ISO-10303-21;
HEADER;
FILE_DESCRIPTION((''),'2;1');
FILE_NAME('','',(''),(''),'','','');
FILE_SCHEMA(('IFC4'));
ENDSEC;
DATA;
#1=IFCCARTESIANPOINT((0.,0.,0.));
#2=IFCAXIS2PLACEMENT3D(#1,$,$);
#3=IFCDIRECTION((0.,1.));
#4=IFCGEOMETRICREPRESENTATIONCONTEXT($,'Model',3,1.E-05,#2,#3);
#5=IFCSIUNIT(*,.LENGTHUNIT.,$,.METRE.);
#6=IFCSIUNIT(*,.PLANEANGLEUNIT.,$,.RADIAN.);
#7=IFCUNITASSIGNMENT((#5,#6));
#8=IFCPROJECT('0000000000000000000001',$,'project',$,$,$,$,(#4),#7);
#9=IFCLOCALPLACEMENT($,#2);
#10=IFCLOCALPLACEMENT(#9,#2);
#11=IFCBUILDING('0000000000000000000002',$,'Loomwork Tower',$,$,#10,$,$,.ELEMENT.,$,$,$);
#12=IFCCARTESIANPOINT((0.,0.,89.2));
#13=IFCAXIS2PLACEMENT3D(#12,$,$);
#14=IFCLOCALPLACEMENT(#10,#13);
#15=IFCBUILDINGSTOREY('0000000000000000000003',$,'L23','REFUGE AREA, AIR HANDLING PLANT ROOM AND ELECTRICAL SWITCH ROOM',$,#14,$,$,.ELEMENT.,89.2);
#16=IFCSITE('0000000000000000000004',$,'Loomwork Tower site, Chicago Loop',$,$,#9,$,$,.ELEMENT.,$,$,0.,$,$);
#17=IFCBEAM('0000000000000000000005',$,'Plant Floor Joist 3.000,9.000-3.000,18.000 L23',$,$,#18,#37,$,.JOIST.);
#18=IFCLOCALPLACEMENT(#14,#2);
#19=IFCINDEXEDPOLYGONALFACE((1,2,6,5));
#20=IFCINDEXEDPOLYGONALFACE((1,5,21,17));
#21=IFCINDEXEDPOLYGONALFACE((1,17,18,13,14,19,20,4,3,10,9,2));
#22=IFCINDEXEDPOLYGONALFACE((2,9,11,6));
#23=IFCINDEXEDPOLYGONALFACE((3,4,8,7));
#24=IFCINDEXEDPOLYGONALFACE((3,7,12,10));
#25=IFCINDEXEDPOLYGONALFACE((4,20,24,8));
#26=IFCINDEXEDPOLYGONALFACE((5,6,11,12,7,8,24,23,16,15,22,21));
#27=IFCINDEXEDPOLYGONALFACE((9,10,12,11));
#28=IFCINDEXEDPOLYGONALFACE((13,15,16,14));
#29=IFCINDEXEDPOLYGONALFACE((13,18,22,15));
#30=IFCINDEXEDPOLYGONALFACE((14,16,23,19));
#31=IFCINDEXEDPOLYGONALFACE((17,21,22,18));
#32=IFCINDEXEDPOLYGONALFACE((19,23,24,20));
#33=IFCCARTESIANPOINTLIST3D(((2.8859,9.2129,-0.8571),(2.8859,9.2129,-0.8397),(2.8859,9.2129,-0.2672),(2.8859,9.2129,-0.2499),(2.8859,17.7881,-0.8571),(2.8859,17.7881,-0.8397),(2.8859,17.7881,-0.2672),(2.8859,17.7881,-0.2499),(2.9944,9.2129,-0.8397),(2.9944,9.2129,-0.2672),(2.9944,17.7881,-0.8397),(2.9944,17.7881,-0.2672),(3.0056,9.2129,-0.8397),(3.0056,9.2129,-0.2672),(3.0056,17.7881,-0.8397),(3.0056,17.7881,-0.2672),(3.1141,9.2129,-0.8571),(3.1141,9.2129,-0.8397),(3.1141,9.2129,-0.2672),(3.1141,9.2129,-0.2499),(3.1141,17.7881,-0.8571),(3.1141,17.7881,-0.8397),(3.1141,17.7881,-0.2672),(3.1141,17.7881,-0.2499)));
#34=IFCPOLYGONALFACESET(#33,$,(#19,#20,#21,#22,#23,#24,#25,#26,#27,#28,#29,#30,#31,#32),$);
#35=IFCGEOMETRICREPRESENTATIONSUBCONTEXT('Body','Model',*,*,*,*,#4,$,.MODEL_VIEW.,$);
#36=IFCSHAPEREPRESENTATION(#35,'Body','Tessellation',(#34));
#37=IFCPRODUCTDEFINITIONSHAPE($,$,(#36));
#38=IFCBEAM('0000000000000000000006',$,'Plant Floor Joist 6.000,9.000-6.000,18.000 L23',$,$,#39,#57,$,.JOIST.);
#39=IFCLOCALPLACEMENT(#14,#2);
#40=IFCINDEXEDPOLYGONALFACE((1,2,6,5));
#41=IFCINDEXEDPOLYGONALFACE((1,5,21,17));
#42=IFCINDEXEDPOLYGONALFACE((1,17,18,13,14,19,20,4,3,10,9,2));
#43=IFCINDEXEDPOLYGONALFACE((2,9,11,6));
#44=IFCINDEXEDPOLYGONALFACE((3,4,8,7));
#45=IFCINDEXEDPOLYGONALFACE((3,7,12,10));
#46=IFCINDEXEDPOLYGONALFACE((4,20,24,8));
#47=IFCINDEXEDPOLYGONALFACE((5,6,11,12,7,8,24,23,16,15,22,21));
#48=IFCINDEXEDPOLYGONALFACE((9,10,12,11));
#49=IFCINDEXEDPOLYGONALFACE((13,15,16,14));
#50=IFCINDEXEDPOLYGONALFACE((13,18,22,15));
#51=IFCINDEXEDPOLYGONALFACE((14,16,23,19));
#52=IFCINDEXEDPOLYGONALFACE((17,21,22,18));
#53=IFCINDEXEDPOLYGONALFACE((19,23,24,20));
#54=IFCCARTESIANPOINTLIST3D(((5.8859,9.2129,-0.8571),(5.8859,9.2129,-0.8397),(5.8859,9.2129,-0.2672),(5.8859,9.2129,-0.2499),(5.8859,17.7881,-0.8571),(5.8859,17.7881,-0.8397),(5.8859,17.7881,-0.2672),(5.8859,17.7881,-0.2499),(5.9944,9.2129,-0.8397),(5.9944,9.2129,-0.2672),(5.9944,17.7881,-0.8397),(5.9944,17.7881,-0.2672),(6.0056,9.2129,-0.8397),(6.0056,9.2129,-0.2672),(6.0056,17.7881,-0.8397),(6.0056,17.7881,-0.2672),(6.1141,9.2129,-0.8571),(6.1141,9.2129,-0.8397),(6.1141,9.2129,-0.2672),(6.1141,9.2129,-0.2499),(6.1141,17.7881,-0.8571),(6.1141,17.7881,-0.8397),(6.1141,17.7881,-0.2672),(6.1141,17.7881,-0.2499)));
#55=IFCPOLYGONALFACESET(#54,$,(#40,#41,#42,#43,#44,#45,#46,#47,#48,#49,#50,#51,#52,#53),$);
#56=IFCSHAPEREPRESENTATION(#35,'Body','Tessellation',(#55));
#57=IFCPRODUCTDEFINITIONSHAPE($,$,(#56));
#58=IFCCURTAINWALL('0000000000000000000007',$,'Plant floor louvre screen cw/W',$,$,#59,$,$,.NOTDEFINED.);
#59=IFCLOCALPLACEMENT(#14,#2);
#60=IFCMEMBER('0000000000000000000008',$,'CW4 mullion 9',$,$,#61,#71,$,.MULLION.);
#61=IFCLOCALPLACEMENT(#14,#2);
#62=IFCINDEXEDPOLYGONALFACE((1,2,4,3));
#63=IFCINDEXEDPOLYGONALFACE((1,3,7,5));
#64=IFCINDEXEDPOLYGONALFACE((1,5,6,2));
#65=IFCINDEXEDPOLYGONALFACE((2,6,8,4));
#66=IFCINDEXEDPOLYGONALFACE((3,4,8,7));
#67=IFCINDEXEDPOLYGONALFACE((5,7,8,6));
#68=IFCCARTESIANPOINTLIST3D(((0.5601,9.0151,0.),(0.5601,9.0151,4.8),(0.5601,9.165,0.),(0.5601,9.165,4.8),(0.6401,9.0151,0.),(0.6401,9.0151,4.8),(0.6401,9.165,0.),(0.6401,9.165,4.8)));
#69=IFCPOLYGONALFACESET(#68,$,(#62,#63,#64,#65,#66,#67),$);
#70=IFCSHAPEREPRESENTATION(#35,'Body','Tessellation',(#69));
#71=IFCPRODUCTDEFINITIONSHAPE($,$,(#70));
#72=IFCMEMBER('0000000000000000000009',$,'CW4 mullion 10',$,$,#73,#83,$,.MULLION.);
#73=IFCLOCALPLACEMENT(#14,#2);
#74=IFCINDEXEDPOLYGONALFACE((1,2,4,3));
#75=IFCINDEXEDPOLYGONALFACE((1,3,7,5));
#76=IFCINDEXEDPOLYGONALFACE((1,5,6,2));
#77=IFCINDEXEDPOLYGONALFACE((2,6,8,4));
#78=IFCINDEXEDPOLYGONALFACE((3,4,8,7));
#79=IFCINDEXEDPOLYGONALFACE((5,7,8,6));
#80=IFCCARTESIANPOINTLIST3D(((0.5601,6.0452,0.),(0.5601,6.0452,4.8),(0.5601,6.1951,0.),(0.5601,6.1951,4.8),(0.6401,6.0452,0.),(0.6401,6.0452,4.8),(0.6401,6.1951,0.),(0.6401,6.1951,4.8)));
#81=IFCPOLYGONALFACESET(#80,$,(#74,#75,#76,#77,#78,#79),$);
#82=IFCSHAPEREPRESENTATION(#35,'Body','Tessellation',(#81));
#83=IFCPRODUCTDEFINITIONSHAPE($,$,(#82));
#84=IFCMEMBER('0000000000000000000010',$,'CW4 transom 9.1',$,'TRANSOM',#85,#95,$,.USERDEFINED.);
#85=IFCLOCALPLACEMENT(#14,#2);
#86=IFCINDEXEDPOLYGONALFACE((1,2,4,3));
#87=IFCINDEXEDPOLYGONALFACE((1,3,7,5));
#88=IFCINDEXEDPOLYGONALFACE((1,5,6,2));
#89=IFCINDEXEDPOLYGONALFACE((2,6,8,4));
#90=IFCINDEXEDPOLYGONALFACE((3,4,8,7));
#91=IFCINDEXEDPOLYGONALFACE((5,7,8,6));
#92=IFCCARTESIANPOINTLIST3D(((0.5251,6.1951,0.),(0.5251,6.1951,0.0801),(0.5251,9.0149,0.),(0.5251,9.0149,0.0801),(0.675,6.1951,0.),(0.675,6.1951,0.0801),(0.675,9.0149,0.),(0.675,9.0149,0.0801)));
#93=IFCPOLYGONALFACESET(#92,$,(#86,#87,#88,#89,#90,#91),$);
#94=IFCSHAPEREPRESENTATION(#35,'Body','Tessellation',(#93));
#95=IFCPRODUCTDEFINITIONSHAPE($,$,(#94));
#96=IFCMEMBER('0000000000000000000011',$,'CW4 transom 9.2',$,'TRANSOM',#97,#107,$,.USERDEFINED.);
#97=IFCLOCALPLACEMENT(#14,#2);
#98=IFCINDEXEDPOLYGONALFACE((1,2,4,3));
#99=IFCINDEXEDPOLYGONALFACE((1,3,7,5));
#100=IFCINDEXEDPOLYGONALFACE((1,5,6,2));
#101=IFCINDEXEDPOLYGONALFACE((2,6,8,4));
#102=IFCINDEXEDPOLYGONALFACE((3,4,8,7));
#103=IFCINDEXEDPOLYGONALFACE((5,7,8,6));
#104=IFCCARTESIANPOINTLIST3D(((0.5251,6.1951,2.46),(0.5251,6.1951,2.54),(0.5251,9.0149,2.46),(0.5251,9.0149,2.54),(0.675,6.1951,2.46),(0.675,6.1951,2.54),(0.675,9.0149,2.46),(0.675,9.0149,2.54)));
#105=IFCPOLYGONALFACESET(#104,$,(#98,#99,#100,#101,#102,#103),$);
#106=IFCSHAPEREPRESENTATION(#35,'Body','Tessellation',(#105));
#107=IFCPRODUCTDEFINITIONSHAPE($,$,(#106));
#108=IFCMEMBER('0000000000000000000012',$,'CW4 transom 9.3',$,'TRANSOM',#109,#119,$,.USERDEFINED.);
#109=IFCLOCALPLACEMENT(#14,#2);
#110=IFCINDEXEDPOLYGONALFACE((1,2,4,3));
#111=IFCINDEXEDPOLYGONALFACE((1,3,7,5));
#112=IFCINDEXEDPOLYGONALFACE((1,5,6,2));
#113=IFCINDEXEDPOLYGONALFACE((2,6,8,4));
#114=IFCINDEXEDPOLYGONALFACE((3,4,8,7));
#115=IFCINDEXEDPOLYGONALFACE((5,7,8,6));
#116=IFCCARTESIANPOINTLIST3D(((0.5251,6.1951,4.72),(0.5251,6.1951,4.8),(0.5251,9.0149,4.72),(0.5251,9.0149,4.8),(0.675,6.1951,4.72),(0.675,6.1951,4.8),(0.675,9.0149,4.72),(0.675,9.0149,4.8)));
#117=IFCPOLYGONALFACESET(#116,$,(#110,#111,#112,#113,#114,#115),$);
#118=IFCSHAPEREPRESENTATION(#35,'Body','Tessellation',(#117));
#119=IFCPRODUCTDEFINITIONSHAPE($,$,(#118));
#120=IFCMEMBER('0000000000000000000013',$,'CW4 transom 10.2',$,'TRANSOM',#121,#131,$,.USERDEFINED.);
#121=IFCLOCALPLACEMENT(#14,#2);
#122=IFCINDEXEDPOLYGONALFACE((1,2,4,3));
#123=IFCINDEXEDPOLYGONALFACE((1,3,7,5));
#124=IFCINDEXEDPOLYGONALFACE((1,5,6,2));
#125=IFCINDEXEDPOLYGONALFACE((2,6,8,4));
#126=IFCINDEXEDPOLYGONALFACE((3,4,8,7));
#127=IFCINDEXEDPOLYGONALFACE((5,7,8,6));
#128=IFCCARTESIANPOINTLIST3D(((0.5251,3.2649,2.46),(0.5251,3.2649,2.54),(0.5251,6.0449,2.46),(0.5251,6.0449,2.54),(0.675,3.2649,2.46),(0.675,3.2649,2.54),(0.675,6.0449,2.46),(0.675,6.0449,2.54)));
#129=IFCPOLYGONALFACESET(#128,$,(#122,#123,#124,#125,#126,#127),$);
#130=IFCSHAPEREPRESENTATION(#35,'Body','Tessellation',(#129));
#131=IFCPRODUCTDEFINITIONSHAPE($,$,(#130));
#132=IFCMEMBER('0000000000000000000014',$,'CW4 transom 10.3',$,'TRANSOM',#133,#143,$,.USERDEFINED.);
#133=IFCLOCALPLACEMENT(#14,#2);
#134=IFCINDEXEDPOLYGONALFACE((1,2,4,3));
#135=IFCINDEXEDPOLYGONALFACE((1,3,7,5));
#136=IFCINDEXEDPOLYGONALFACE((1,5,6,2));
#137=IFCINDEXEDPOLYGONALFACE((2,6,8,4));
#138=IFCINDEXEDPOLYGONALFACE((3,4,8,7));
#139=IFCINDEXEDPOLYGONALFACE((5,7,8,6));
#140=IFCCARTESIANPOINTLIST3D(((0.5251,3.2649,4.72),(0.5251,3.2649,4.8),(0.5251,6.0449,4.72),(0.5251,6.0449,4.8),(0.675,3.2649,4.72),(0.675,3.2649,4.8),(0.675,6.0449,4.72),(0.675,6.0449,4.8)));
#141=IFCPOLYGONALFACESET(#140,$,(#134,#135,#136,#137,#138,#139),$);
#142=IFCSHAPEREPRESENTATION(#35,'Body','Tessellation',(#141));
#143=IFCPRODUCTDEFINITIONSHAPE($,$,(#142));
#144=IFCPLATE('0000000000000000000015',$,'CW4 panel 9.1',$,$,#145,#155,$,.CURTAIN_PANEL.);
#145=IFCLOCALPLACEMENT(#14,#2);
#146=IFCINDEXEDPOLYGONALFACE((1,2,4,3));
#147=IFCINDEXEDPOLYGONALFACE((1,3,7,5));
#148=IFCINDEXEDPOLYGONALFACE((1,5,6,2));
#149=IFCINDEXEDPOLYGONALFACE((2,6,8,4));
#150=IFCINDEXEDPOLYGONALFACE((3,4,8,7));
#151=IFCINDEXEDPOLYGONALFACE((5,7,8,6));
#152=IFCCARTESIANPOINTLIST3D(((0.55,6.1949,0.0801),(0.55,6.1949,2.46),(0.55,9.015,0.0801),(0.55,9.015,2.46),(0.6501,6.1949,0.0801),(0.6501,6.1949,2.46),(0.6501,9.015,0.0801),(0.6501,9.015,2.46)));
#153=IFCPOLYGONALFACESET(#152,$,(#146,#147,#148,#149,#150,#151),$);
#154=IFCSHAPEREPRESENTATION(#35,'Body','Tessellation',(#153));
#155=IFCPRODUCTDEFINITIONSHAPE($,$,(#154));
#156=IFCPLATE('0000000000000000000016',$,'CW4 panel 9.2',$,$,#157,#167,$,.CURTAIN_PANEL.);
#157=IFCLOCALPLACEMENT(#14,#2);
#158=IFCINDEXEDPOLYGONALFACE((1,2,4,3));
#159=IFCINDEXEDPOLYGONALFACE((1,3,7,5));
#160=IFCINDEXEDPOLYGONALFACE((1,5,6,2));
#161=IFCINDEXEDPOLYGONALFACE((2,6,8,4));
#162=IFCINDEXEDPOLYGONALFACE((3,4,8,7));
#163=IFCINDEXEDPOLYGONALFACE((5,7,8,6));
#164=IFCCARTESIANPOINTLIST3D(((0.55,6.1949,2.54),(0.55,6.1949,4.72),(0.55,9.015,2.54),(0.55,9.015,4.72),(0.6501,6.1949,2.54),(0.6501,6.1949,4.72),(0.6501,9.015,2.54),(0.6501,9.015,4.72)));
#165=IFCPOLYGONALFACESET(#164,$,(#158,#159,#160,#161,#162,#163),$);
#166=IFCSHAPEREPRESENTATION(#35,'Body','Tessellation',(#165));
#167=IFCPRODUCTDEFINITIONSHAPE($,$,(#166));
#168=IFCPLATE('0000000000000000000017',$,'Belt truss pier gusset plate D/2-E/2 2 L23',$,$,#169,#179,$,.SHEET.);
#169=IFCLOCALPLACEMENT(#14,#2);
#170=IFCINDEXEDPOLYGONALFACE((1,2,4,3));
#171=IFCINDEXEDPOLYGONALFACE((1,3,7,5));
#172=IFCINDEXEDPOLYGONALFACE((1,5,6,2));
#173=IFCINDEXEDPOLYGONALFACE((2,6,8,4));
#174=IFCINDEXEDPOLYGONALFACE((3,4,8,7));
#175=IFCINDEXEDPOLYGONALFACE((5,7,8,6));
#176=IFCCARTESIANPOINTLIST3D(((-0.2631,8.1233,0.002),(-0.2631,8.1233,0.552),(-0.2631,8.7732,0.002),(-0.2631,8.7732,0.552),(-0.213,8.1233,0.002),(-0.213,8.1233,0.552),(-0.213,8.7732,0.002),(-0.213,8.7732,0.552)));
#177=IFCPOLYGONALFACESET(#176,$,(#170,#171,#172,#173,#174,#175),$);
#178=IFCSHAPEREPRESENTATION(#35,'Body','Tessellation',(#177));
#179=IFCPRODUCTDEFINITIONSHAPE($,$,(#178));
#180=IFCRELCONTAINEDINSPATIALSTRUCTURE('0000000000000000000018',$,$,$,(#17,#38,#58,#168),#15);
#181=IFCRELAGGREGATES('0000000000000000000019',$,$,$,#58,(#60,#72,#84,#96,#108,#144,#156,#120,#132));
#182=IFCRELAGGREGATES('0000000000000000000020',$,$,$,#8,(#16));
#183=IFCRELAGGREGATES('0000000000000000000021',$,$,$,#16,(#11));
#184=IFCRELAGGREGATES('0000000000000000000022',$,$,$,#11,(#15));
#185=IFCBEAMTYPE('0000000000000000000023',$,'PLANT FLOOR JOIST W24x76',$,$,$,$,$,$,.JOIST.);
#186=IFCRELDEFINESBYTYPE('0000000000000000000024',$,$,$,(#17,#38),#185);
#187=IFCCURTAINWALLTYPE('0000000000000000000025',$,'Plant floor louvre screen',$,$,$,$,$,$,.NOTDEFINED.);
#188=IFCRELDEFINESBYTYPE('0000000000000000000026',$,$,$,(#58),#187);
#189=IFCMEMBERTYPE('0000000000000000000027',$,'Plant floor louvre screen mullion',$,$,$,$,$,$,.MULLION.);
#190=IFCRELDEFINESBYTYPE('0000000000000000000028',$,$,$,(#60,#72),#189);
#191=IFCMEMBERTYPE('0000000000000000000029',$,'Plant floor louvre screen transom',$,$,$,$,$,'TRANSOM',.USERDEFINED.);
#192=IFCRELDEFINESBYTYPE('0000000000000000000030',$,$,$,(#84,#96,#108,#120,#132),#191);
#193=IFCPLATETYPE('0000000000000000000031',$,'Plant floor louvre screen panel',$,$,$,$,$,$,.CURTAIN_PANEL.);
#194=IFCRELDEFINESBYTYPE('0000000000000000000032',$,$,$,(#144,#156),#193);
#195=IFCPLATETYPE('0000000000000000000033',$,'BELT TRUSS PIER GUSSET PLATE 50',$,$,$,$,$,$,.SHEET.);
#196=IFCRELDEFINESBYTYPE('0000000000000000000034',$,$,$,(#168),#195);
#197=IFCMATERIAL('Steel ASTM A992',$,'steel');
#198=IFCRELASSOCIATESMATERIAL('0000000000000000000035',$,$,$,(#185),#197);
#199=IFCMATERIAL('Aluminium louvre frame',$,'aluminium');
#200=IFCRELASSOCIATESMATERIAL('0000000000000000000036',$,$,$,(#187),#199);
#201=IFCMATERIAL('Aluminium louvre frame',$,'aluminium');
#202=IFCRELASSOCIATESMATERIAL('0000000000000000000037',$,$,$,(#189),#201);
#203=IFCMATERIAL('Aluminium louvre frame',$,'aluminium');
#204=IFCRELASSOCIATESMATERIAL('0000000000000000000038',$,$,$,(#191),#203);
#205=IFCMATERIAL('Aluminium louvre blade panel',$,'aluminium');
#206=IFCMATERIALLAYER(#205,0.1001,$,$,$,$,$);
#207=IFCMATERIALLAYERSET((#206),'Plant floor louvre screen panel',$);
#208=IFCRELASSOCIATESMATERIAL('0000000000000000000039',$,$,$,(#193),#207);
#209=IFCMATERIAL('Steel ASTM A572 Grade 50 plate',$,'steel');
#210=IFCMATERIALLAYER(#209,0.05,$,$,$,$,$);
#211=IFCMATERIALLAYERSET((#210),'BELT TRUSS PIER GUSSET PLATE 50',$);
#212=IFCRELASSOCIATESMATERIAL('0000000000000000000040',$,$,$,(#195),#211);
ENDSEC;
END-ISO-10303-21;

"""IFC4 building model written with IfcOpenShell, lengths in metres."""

from ifc_helpers import new_model, si_unit, direction, frame, origin, origin_2d, place, context, subcontext, project, spatial, rectangle, i_section, extrude, material, layer, layer_set, material_profile, profile_set, type_object, element, aggregate, save


model = new_model("IFC4")

# Units and contexts
model_context = context("Model", 3, precision=1e-05, world=origin(), true_north=direction((0.0, 1.0)))
body_context = subcontext(model_context, "Body", "Model", "MODEL_VIEW")
ifc_project = project(units=[si_unit("LENGTHUNIT", "METRE"), si_unit("PLANEANGLEUNIT", "RADIAN")], contexts=[model_context])

# Site, building, storey
site_placement = place(None, origin())
site = spatial("IfcSite", under=ifc_project, at=site_placement, Name="Loomwork Tower site, Chicago Loop", CompositionType="ELEMENT", RefElevation=0.0)
building_placement = place(site_placement, origin())
building = spatial("IfcBuilding", under=site, at=building_placement, Name="Loomwork Tower", CompositionType="ELEMENT")
storey_placement = place(building_placement, frame((0.0, 0.0, 89.2)))
storey = spatial("IfcBuildingStorey", under=building, at=storey_placement, Name="L23", Description="REFUGE AREA, AIR HANDLING PLANT ROOM AND ELECTRICAL SWITCH ROOM", CompositionType="ELEMENT", Elevation=89.2)

# Beams
ifc_material_1 = material(Name="Steel ASTM A992", Category="steel")
ifc_material_profile_1 = material_profile(ifc_material_1, i_section(OverallWidth=0.2283, OverallDepth=0.6072, WebThickness=0.0112, FlangeThickness=0.0173, at=origin_2d()), Name="W24x76")
ifc_profile_set_1 = profile_set([ifc_material_profile_1], Name="Steel ASTM A992")
beam_type_1 = type_object("IfcBeamType", Name="PLANT FLOOR JOIST W24x76", PredefinedType="JOIST", material=ifc_profile_set_1)
for number, where, z_axis, x_axis, name in (
    (1, (3.0, 9.2129, -0.5535), (0.0, 1.0, 0.0), (-1.0, 0.0, 0.0), "Plant Floor Joist 3.000,9.000-3.000,18.000 L23"),
    (2, (6.0, 9.2129, -0.5535), (0.0, 1.0, 0.0), (-1.0, 0.0, 0.0), "Plant Floor Joist 6.000,9.000-6.000,18.000 L23"),
):
    element("IfcBeam", number, at=place(storey_placement, frame(where, z_axis=z_axis, x_axis=x_axis)), inside=storey, type_object=beam_type_1, Name=name, PredefinedType="JOIST", context=body_context, shape_type="SweptSolid", body=[
        extrude(i_section(OverallWidth=0.2283, OverallDepth=0.6072, WebThickness=0.0112, FlangeThickness=0.0173, at=origin_2d()), origin(), (0.0, 0.0, 1.0), 8.5752),
    ])

# Curtain wall, members, plates
ifc_material_2 = material(Name="Aluminium louvre frame", Category="aluminium")
curtain_wall_type = type_object("IfcCurtainWallType", Name="Plant floor louvre screen", PredefinedType="NOTDEFINED", material=ifc_material_2)
curtain_wall_placement = place(storey_placement, origin())
curtain_wall = element("IfcCurtainWall", 3, at=curtain_wall_placement, inside=storey, type_object=curtain_wall_type, Name="Plant floor louvre screen cw/W", PredefinedType="NOTDEFINED")
ifc_material_3 = material(Name="Aluminium louvre frame", Category="aluminium")
ifc_material_profile_2 = material_profile(ifc_material_3, rectangle(XDim=0.0801, YDim=0.1499, at=origin_2d()), Name="AL 80x150")
ifc_profile_set_2 = profile_set([ifc_material_profile_2], Name="Aluminium louvre frame")
member_type_1 = type_object("IfcMemberType", Name="Plant floor louvre screen mullion", PredefinedType="MULLION", material=ifc_profile_set_2)
member_1_placement = place(storey_placement, frame((0.6001, 9.0901, 0.0), z_axis=(0.0, 0.0, 1.0), x_axis=(1.0, 0.0, 0.0)))
member_1 = element("IfcMember", 4, at=member_1_placement, type_object=member_type_1, Name="CW4 mullion 9", PredefinedType="MULLION", context=body_context, shape_type="SweptSolid", body=[
    extrude(rectangle(XDim=0.0801, YDim=0.1499, at=origin_2d()), origin(), (0.0, 0.0, 1.0), 4.8),
])
member_2_placement = place(storey_placement, frame((0.6001, 6.1201, 0.0), z_axis=(0.0, 0.0, 1.0), x_axis=(1.0, 0.0, 0.0)))
member_2 = element("IfcMember", 5, at=member_2_placement, type_object=member_type_1, Name="CW4 mullion 10", PredefinedType="MULLION", context=body_context, shape_type="SweptSolid", body=[
    extrude(rectangle(XDim=0.0801, YDim=0.1499, at=origin_2d()), origin(), (0.0, 0.0, 1.0), 4.8),
])
ifc_material_4 = material(Name="Aluminium louvre frame", Category="aluminium")
ifc_material_profile_3 = material_profile(ifc_material_4, rectangle(XDim=0.1499, YDim=0.0801, at=origin_2d()), Name="AL 80x150")
ifc_profile_set_3 = profile_set([ifc_material_profile_3], Name="Aluminium louvre frame")
member_type_2 = type_object("IfcMemberType", Name="Plant floor louvre screen transom", ElementType="TRANSOM", PredefinedType="USERDEFINED", material=ifc_profile_set_3)
member_3_placement = place(storey_placement, frame((0.6001, 9.0149, 0.04), z_axis=(0.0, -1.0, 0.0), x_axis=(1.0, 0.0, 0.0)))
member_3 = element("IfcMember", 6, at=member_3_placement, type_object=member_type_2, Name="CW4 transom 9.1", ObjectType="TRANSOM", PredefinedType="USERDEFINED", context=body_context, shape_type="SweptSolid", body=[
    extrude(rectangle(XDim=0.1499, YDim=0.0801, at=origin_2d()), origin(), (0.0, 0.0, 1.0), 2.8198),
])
member_4_placement = place(storey_placement, frame((0.6001, 9.0149, 2.5), z_axis=(0.0, -1.0, 0.0), x_axis=(1.0, 0.0, 0.0)))
member_4 = element("IfcMember", 7, at=member_4_placement, type_object=member_type_2, Name="CW4 transom 9.2", ObjectType="TRANSOM", PredefinedType="USERDEFINED", context=body_context, shape_type="SweptSolid", body=[
    extrude(rectangle(XDim=0.1499, YDim=0.0801, at=origin_2d()), origin(), (0.0, 0.0, 1.0), 2.8198),
])
member_5_placement = place(storey_placement, frame((0.6001, 9.0149, 4.76), z_axis=(0.0, -1.0, 0.0), x_axis=(1.0, 0.0, 0.0)))
member_5 = element("IfcMember", 8, at=member_5_placement, type_object=member_type_2, Name="CW4 transom 9.3", ObjectType="TRANSOM", PredefinedType="USERDEFINED", context=body_context, shape_type="SweptSolid", body=[
    extrude(rectangle(XDim=0.1499, YDim=0.0801, at=origin_2d()), origin(), (0.0, 0.0, 1.0), 2.8198),
])
member_6_placement = place(storey_placement, frame((0.6001, 6.0449, 2.5), z_axis=(0.0, -1.0, 0.0), x_axis=(1.0, 0.0, 0.0)))
member_6 = element("IfcMember", 9, at=member_6_placement, type_object=member_type_2, Name="CW4 transom 10.2", ObjectType="TRANSOM", PredefinedType="USERDEFINED", context=body_context, shape_type="SweptSolid", body=[
    extrude(rectangle(XDim=0.1499, YDim=0.0801, at=origin_2d()), origin(), (0.0, 0.0, 1.0), 2.78),
])
member_7_placement = place(storey_placement, frame((0.6001, 6.0449, 4.76), z_axis=(0.0, -1.0, 0.0), x_axis=(1.0, 0.0, 0.0)))
member_7 = element("IfcMember", 10, at=member_7_placement, type_object=member_type_2, Name="CW4 transom 10.3", ObjectType="TRANSOM", PredefinedType="USERDEFINED", context=body_context, shape_type="SweptSolid", body=[
    extrude(rectangle(XDim=0.1499, YDim=0.0801, at=origin_2d()), origin(), (0.0, 0.0, 1.0), 2.78),
])
ifc_material_5 = material(Name="Aluminium louvre blade panel", Category="aluminium")
ifc_layer_1 = layer(ifc_material_5, 0.1001)
ifc_layer_set_1 = layer_set([ifc_layer_1], Name="Plant floor louvre screen panel")
plate_type_1 = type_object("IfcPlateType", Name="Plant floor louvre screen panel", PredefinedType="CURTAIN_PANEL", material=ifc_layer_set_1)
plate_1_placement = place(storey_placement, frame((0.6001, 7.605, 0.0801), z_axis=(0.0, 0.0, 1.0), x_axis=(0.0, -1.0, 0.0)))
plate_1 = element("IfcPlate", 11, at=plate_1_placement, type_object=plate_type_1, Name="CW4 panel 9.1", PredefinedType="CURTAIN_PANEL", context=body_context, shape_type="SweptSolid", body=[
    extrude(rectangle(XDim=2.8201, YDim=0.1001, at=origin_2d()), origin(), (0.0, 0.0, 1.0), 2.3799),
])
plate_2_placement = place(storey_placement, frame((0.6001, 7.605, 2.54), z_axis=(0.0, 0.0, 1.0), x_axis=(0.0, -1.0, 0.0)))
plate_2 = element("IfcPlate", 12, at=plate_2_placement, type_object=plate_type_1, Name="CW4 panel 9.2", PredefinedType="CURTAIN_PANEL", context=body_context, shape_type="SweptSolid", body=[
    extrude(rectangle(XDim=2.8201, YDim=0.1001, at=origin_2d()), origin(), (0.0, 0.0, 1.0), 2.1799),
])
aggregate(curtain_wall, [member_1, member_2, member_3, member_4, member_5, plate_1, plate_2, member_6, member_7])

# Plate
ifc_material_6 = material(Name="Steel ASTM A572 Grade 50 plate", Category="steel")
ifc_layer_2 = layer(ifc_material_6, 0.05)
ifc_layer_set_2 = layer_set([ifc_layer_2], Name="BELT TRUSS PIER GUSSET PLATE 50")
plate_type_2 = type_object("IfcPlateType", Name="BELT TRUSS PIER GUSSET PLATE 50", PredefinedType="SHEET", material=ifc_layer_set_2)
plate_3_placement = place(storey_placement, frame((-0.238, 8.4482, 0.002), z_axis=(0.0, 0.0, 1.0), x_axis=(0.0, 1.0, 0.0)))
element("IfcPlate", 13, at=plate_3_placement, inside=storey, type_object=plate_type_2, Name="Belt truss pier gusset plate D/2-E/2 2 L23", PredefinedType="SHEET", context=body_context, shape_type="SweptSolid", body=[
    extrude(rectangle(XDim=0.6499, YDim=0.05, at=origin_2d()), origin(), (0.0, 0.0, 1.0), 0.55),
])

save(model, "model.ifc")
